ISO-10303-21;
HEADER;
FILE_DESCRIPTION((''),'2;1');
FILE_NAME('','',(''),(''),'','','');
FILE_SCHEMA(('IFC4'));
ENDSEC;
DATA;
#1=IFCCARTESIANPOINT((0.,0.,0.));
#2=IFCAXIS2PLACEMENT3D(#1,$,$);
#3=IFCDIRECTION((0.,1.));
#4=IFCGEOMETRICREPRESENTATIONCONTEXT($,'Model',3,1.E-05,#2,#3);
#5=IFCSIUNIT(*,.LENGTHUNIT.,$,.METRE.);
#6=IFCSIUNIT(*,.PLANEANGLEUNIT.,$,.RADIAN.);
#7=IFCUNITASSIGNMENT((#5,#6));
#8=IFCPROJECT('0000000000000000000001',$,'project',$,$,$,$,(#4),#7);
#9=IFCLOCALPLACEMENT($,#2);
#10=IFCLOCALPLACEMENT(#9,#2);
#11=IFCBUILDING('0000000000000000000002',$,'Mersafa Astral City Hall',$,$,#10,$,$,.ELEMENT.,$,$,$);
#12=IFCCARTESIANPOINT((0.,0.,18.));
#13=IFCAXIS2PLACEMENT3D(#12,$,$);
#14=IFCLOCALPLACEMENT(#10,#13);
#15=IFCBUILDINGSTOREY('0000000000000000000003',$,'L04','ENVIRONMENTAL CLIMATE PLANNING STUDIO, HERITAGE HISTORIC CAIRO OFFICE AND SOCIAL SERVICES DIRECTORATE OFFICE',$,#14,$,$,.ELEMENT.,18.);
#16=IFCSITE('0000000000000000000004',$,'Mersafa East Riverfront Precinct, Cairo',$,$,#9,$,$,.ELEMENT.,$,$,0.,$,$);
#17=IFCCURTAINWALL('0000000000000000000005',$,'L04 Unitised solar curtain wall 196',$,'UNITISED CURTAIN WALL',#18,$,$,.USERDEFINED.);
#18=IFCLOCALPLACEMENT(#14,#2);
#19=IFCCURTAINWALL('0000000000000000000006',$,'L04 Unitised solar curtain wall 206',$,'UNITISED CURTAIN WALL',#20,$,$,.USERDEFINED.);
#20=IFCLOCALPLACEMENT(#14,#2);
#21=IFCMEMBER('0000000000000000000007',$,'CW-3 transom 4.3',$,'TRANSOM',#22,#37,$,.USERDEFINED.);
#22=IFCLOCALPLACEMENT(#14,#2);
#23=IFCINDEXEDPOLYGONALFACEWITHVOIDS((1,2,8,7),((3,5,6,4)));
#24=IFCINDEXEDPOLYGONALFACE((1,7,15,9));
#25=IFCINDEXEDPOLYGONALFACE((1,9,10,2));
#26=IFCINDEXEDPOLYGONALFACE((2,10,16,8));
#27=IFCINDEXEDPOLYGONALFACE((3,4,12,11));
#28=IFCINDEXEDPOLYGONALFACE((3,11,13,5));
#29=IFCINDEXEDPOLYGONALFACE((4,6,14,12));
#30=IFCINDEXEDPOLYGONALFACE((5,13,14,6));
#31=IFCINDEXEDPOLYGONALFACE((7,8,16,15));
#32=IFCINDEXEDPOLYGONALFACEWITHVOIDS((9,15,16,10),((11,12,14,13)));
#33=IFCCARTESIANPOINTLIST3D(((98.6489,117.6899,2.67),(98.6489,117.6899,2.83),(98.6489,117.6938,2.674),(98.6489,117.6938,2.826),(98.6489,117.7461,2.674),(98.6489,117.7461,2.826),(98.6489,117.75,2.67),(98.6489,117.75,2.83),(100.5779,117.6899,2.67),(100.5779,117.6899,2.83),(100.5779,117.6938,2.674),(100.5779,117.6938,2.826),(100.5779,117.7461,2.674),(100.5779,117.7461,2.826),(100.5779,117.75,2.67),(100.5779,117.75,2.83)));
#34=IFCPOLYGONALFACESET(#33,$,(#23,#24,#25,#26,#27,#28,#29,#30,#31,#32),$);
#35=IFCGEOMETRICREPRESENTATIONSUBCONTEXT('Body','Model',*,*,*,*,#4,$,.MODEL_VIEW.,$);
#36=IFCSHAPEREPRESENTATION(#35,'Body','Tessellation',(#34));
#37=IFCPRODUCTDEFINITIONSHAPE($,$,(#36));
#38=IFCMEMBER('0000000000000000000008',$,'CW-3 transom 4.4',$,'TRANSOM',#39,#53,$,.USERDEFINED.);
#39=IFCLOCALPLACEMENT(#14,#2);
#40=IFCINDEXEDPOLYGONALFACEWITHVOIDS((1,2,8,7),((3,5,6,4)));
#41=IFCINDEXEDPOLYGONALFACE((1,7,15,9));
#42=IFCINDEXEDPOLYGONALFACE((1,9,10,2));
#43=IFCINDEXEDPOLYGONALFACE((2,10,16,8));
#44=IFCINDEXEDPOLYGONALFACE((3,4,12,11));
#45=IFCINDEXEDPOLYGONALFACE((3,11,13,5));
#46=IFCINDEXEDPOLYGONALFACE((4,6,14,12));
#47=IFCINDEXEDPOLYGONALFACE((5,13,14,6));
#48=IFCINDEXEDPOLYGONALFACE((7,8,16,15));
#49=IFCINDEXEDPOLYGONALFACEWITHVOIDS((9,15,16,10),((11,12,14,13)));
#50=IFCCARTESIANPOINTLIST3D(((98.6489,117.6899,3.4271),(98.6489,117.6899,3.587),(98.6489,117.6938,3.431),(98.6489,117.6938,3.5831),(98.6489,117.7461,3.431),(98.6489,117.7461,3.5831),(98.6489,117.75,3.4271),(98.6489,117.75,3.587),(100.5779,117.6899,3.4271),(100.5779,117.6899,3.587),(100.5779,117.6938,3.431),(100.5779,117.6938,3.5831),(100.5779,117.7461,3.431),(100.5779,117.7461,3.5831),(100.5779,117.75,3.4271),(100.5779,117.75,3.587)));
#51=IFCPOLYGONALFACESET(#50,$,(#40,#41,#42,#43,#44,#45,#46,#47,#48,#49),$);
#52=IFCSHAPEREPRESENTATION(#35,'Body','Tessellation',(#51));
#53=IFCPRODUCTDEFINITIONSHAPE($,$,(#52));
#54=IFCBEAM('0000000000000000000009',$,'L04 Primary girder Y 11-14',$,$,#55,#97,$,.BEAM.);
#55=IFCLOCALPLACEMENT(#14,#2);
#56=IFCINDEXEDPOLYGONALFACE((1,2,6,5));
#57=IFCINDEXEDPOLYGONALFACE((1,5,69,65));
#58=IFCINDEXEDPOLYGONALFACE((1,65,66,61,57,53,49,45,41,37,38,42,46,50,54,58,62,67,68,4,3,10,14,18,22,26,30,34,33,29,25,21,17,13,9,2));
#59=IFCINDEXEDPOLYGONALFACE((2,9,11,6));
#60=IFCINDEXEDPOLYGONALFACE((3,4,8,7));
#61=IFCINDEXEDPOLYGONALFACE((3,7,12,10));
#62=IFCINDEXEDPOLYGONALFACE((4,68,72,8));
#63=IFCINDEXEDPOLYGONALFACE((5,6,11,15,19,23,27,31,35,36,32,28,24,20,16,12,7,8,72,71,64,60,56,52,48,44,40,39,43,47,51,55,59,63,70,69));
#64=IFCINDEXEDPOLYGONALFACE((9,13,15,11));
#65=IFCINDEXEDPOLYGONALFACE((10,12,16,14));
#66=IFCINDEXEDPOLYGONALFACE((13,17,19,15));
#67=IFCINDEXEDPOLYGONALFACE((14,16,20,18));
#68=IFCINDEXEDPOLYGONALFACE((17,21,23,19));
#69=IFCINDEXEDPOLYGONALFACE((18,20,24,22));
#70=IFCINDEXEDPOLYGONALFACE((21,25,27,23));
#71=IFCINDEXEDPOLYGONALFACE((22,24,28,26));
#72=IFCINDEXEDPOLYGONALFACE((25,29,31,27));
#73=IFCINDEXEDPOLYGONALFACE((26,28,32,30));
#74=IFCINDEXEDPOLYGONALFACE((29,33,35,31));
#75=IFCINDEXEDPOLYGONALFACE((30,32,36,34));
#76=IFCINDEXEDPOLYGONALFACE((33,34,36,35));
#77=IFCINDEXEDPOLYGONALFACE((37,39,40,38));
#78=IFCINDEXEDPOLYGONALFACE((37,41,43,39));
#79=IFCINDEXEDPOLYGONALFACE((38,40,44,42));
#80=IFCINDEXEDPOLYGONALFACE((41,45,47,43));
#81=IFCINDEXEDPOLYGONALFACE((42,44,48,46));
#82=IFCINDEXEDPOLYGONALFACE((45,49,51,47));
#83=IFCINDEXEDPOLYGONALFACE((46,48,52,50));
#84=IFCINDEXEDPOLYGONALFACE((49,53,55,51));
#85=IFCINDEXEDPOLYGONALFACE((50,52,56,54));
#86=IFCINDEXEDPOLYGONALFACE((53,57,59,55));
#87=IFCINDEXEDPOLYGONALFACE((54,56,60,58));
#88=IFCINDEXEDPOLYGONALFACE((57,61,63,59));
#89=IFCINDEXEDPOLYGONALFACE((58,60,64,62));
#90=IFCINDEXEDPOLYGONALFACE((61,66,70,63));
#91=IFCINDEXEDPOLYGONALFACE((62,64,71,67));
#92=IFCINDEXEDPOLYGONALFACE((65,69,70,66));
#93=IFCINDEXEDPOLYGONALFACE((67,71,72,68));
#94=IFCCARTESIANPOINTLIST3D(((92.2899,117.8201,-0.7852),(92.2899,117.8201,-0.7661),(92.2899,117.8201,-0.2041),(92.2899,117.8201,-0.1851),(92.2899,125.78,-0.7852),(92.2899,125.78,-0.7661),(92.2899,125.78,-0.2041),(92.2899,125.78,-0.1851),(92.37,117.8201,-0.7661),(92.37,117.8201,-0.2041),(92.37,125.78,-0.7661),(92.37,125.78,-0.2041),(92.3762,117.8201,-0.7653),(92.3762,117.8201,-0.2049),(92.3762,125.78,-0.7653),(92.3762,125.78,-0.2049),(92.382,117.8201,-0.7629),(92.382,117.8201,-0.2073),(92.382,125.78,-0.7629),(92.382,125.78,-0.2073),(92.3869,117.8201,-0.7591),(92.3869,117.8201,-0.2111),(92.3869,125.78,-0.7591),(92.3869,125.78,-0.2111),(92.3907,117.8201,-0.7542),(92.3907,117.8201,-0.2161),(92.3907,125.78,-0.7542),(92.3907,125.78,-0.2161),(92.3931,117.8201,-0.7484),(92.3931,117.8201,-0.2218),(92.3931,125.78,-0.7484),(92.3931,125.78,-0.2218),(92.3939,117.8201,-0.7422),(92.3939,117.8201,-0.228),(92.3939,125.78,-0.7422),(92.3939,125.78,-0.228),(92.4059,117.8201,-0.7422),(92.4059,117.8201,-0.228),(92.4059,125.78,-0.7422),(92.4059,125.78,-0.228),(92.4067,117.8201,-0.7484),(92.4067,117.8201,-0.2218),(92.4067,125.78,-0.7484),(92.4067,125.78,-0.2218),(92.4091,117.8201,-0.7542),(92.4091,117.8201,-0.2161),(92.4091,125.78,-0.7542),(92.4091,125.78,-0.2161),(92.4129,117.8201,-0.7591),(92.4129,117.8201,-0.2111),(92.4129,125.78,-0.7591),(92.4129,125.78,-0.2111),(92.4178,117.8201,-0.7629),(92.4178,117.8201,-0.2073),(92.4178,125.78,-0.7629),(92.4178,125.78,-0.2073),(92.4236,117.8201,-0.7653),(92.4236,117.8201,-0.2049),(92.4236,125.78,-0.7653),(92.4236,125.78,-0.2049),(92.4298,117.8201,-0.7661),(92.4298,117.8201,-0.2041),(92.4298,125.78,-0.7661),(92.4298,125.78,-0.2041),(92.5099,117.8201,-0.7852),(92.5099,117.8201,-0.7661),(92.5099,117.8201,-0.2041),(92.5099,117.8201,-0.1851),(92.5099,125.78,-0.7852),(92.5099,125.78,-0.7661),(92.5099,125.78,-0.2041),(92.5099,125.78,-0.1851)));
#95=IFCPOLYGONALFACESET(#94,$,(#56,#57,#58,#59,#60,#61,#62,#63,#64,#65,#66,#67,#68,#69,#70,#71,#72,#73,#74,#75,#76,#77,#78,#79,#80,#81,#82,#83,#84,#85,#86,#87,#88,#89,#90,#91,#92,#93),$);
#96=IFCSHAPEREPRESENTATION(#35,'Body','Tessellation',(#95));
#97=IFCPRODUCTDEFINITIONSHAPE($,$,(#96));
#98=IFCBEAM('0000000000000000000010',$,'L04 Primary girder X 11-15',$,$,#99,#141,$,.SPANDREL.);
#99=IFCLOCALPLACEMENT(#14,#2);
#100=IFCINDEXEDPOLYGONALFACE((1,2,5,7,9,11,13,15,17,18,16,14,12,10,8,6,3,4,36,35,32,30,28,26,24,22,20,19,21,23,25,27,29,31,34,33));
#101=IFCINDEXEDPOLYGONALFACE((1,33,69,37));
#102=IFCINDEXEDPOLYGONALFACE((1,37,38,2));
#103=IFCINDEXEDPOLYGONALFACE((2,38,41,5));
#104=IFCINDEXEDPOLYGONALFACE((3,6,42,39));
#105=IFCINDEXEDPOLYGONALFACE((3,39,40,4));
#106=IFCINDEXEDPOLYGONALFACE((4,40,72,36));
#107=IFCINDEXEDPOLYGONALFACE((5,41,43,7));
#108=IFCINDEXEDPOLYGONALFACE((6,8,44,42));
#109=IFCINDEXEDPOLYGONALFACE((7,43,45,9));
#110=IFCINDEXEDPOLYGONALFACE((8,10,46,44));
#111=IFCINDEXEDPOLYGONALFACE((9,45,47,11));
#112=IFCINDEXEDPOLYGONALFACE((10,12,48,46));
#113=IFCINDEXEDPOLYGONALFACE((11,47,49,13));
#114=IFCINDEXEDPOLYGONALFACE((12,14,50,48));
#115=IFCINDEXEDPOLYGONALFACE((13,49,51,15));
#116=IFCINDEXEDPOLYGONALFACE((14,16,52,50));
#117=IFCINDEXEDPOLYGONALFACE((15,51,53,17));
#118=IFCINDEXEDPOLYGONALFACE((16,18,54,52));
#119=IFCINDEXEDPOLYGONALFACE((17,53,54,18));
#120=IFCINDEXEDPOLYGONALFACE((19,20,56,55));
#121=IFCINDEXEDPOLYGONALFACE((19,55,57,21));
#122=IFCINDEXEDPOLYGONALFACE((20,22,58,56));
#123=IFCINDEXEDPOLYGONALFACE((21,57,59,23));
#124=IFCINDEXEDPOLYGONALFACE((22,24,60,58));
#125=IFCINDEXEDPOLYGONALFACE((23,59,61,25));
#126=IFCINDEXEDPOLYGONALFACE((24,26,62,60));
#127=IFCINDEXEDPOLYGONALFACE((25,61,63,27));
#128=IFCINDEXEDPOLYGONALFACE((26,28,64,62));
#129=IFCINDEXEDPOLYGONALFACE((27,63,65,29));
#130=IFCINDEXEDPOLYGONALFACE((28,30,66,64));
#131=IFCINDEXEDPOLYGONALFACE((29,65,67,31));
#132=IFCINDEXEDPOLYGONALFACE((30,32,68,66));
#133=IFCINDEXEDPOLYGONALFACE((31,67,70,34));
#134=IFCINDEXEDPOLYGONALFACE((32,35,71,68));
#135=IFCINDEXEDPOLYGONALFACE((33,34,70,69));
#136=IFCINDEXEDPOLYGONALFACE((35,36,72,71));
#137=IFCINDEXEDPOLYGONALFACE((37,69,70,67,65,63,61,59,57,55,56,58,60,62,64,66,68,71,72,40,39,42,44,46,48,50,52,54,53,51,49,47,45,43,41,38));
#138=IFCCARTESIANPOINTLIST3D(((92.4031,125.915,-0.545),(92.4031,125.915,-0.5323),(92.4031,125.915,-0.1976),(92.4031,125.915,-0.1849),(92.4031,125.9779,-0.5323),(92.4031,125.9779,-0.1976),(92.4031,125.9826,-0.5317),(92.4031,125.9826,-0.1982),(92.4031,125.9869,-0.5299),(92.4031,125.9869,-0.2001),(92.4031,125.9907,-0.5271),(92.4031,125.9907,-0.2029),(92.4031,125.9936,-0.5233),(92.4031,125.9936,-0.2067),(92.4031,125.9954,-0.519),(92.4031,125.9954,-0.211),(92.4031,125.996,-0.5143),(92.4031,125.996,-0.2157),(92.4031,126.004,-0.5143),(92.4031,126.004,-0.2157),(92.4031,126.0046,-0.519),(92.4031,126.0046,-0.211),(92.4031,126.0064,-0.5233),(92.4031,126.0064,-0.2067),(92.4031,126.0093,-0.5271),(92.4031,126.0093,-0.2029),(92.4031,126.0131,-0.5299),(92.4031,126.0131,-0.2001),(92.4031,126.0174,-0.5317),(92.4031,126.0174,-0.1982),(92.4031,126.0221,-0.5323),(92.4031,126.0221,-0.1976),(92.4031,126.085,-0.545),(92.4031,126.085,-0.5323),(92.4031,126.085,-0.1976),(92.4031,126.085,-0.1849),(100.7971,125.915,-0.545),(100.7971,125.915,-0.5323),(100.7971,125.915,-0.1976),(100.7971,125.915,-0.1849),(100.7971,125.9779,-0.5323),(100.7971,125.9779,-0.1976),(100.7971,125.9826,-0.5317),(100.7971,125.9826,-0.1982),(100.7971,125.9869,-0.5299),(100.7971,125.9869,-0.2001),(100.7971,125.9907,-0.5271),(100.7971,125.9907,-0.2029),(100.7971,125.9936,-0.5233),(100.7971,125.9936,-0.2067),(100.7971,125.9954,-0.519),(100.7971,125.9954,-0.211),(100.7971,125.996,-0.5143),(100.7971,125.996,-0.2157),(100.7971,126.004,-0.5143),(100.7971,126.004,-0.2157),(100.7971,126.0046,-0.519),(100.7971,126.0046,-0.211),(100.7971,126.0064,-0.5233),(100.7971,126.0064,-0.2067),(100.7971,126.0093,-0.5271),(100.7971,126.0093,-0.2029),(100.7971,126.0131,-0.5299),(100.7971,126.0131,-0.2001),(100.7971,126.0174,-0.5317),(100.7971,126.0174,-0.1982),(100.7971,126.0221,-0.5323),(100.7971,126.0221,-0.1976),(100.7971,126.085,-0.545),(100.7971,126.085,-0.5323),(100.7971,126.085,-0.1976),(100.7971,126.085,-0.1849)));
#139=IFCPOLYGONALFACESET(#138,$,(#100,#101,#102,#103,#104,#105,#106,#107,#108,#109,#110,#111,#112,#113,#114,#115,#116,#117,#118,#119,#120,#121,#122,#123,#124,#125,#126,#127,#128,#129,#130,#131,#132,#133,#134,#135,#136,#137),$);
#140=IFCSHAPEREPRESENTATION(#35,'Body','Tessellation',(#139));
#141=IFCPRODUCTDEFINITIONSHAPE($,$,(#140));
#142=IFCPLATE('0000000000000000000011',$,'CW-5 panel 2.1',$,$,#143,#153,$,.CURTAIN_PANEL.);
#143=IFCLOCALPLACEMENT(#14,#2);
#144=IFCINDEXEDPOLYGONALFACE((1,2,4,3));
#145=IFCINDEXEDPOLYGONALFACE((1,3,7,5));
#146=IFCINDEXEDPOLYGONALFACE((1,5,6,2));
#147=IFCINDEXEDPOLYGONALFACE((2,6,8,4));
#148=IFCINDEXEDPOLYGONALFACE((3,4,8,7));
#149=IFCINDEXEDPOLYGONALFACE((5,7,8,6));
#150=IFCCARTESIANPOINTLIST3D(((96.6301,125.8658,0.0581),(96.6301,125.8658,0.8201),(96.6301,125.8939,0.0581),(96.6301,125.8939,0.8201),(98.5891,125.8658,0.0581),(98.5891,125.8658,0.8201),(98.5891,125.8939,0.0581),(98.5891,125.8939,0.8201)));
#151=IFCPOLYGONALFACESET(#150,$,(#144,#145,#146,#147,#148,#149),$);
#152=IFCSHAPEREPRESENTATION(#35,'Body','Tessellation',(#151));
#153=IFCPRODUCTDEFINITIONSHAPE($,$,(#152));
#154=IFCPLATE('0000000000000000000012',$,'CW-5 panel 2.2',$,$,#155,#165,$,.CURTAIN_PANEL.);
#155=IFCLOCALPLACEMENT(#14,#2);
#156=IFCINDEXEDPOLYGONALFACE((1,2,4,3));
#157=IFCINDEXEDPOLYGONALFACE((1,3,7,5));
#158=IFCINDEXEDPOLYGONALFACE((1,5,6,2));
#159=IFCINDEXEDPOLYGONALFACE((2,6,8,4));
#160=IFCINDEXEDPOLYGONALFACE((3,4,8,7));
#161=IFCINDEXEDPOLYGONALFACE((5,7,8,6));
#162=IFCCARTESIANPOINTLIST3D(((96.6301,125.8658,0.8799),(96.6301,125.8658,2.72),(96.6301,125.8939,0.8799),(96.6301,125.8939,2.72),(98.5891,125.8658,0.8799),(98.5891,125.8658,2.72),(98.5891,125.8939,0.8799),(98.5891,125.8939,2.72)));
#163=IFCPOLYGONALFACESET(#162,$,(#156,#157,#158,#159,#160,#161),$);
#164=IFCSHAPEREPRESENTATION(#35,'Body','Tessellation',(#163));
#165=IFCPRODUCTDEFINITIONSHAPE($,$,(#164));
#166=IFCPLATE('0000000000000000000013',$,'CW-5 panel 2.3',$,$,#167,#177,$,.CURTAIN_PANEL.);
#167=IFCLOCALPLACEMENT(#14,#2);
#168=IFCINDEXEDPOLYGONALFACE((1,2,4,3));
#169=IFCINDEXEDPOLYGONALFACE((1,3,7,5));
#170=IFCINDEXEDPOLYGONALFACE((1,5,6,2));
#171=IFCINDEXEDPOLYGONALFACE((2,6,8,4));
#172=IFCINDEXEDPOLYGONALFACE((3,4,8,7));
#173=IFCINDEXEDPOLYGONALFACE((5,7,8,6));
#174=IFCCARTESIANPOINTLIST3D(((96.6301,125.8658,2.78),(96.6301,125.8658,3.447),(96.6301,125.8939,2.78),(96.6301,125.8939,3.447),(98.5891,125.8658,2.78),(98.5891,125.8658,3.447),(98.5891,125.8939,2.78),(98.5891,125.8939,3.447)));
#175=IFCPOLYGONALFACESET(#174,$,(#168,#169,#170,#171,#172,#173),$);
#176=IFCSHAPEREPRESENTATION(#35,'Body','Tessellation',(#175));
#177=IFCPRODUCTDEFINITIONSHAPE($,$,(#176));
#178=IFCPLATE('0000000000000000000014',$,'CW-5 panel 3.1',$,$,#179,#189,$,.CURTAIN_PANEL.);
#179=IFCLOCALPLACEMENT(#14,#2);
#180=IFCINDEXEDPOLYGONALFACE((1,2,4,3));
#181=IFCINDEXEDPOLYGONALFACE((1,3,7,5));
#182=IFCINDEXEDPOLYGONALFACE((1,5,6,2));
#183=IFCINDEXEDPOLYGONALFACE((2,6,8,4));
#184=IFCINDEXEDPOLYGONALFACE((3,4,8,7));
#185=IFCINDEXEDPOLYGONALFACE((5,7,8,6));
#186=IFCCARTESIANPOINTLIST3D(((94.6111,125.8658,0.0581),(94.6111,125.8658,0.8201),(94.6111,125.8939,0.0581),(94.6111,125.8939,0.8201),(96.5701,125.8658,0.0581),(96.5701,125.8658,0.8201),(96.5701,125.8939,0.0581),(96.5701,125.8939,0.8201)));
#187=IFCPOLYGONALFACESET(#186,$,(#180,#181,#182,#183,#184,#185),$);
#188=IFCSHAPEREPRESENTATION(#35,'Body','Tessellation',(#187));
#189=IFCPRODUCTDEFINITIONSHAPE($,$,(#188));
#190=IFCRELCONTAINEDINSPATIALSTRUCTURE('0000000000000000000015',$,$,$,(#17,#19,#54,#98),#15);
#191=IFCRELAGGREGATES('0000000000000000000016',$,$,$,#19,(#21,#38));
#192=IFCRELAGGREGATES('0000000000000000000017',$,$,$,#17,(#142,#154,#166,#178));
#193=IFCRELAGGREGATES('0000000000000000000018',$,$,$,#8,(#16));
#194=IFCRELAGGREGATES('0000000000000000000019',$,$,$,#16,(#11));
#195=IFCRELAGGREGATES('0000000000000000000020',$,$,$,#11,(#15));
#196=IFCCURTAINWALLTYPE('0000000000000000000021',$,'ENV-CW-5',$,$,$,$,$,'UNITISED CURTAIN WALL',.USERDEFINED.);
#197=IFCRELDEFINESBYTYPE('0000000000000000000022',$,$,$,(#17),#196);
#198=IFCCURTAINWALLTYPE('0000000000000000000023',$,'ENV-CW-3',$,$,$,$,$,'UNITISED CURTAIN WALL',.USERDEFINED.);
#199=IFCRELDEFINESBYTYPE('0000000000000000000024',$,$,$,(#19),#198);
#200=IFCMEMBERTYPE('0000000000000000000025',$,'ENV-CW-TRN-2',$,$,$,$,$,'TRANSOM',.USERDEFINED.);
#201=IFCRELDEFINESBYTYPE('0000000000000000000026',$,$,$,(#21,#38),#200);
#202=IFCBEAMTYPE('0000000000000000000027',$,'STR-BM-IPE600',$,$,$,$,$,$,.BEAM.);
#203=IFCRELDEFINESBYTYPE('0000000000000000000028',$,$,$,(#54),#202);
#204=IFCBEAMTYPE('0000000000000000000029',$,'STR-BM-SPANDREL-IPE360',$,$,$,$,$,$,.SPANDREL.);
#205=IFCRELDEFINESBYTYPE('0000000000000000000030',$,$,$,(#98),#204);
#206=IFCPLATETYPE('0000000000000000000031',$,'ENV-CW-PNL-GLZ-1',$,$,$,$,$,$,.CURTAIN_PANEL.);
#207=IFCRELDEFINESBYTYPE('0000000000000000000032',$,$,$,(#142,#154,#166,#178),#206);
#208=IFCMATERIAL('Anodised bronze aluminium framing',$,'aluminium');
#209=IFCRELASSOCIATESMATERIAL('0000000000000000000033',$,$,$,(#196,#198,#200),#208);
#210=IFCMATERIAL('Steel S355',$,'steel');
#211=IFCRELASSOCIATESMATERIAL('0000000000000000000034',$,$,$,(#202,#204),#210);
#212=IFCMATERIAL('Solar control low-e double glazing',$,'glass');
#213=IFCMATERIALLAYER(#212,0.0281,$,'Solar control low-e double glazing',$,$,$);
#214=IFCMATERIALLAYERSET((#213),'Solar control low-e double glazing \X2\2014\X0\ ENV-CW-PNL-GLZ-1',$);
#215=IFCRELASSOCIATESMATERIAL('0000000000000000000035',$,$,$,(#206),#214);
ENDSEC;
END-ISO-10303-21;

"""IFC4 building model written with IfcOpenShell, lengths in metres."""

from ifc_helpers import new_model, si_unit, direction, frame, origin, origin_2d, place, context, subcontext, project, spatial, rectangle, hollow_rectangle, i_section, extrude, material, layer, layer_set, material_profile, profile_set, type_object, element, aggregate, save


model = new_model("IFC4")

# Units and contexts
model_context = context("Model", 3, precision=1e-05, world=origin(), true_north=direction((0.0, 1.0)))
body_context = subcontext(model_context, "Body", "Model", "MODEL_VIEW")
ifc_project = project(units=[si_unit("LENGTHUNIT", "METRE"), si_unit("PLANEANGLEUNIT", "RADIAN")], contexts=[model_context])

# Site, building, storey
site_placement = place(None, origin())
site = spatial("IfcSite", under=ifc_project, at=site_placement, Name="Mersafa East Riverfront Precinct, Cairo", CompositionType="ELEMENT", RefElevation=0.0)
building_placement = place(site_placement, origin())
building = spatial("IfcBuilding", under=site, at=building_placement, Name="Mersafa Astral City Hall", CompositionType="ELEMENT")
storey_placement = place(building_placement, frame((0.0, 0.0, 18.0)))
storey = spatial("IfcBuildingStorey", under=building, at=storey_placement, Name="L04", Description="ENVIRONMENTAL CLIMATE PLANNING STUDIO, HERITAGE HISTORIC CAIRO OFFICE AND SOCIAL SERVICES DIRECTORATE OFFICE", CompositionType="ELEMENT", Elevation=18.0)

# Shared definitions
ifc_material_1 = material(Name="Steel S355", Category="steel")

# Curtain wall
ifc_material_2 = material(Name="Anodised bronze aluminium framing", Category="aluminium")
curtain_wall_type_1 = type_object("IfcCurtainWallType", Name="ENV-CW-5", ElementType="UNITISED CURTAIN WALL", PredefinedType="USERDEFINED", material=ifc_material_2)
curtain_wall_1_placement = place(storey_placement, origin())
curtain_wall_1 = element("IfcCurtainWall", 1, at=curtain_wall_1_placement, inside=storey, type_object=curtain_wall_type_1, Name="L04 Unitised solar curtain wall 196", ObjectType="UNITISED CURTAIN WALL", PredefinedType="USERDEFINED")

# Curtain wall
curtain_wall_type_2 = type_object("IfcCurtainWallType", Name="ENV-CW-3", ElementType="UNITISED CURTAIN WALL", PredefinedType="USERDEFINED", material=ifc_material_2)
curtain_wall_2_placement = place(storey_placement, origin())
curtain_wall_2 = element("IfcCurtainWall", 2, at=curtain_wall_2_placement, inside=storey, type_object=curtain_wall_type_2, Name="L04 Unitised solar curtain wall 206", ObjectType="UNITISED CURTAIN WALL", PredefinedType="USERDEFINED")

# Members
ifc_material_profile_1 = material_profile(ifc_material_2, hollow_rectangle(XDim=0.0601, YDim=0.1599, WallThickness=0.0039, at=origin_2d()), Name="RHS 60x160x4")
ifc_profile_set_1 = profile_set([ifc_material_profile_1], Name="Anodised bronze aluminium framing")
member_type_1 = type_object("IfcMemberType", Name="ENV-CW-TRN-2", ElementType="TRANSOM", PredefinedType="USERDEFINED", material=ifc_profile_set_1)
member_1_placement = place(storey_placement, frame((98.6489, 117.72, 2.75), z_axis=(1.0, 0.0, 0.0), x_axis=(0.0, 1.0, 0.0)))
member_1 = element("IfcMember", 3, at=member_1_placement, type_object=member_type_1, Name="CW-3 transom 4.3", ObjectType="TRANSOM", PredefinedType="USERDEFINED", context=body_context, shape_type="SweptSolid", body=[
    extrude(hollow_rectangle(XDim=0.0601, YDim=0.1599, WallThickness=0.0039, at=origin_2d()), origin(), (0.0, 0.0, 1.0), 1.929),
])
member_2_placement = place(storey_placement, frame((98.6489, 117.72, 3.5071), z_axis=(1.0, 0.0, 0.0), x_axis=(0.0, 1.0, 0.0)))
member_2 = element("IfcMember", 4, at=member_2_placement, type_object=member_type_1, Name="CW-3 transom 4.4", ObjectType="TRANSOM", PredefinedType="USERDEFINED", context=body_context, shape_type="SweptSolid", body=[
    extrude(hollow_rectangle(XDim=0.0601, YDim=0.1599, WallThickness=0.0039, at=origin_2d()), origin(), (0.0, 0.0, 1.0), 1.929),
])
aggregate(curtain_wall_2, [member_1, member_2])

# Beams
ifc_material_profile_2 = material_profile(ifc_material_1, i_section(OverallWidth=0.22, OverallDepth=0.6001, WebThickness=0.012, FlangeThickness=0.019, FilletRadius=0.0239, at=origin_2d()), Name="IPE 600")
ifc_profile_set_2 = profile_set([ifc_material_profile_2], Name="Steel S355")
beam_type_1 = type_object("IfcBeamType", Name="STR-BM-IPE600", PredefinedType="BEAM", material=ifc_profile_set_2)
beam_1_placement = place(storey_placement, frame((92.3999, 117.8201, -0.4851), z_axis=(0.0, 1.0, 0.0), x_axis=(-1.0, 0.0, 0.0)))
element("IfcBeam", 5, at=beam_1_placement, inside=storey, type_object=beam_type_1, Name="L04 Primary girder Y 11-14", PredefinedType="BEAM", context=body_context, shape_type="SweptSolid", body=[
    extrude(i_section(OverallWidth=0.22, OverallDepth=0.6001, WebThickness=0.012, FlangeThickness=0.019, FilletRadius=0.0239, at=origin_2d()), origin(), (0.0, 0.0, 1.0), 7.96),
])
ifc_material_profile_3 = material_profile(ifc_material_1, i_section(OverallWidth=0.1699, OverallDepth=0.3601, WebThickness=0.0081, FlangeThickness=0.0127, FilletRadius=0.0181, at=origin_2d()), Name="IPE 360")
ifc_profile_set_3 = profile_set([ifc_material_profile_3], Name="Steel S355")
beam_type_2 = type_object("IfcBeamType", Name="STR-BM-SPANDREL-IPE360", PredefinedType="SPANDREL", material=ifc_profile_set_3)
beam_2_placement = place(storey_placement, frame((92.4031, 126.0, -0.365), z_axis=(1.0, 0.0, 0.0), x_axis=(0.0, 1.0, 0.0)))
element("IfcBeam", 6, at=beam_2_placement, inside=storey, type_object=beam_type_2, Name="L04 Primary girder X 11-15", PredefinedType="SPANDREL", context=body_context, shape_type="SweptSolid", body=[
    extrude(i_section(OverallWidth=0.1699, OverallDepth=0.3601, WebThickness=0.0081, FlangeThickness=0.0127, FilletRadius=0.0181, at=origin_2d()), origin(), (0.0, 0.0, 1.0), 8.394),
])

# Plates
ifc_material_3 = material(Name="Solar control low-e double glazing", Category="glass")
ifc_layer_1 = layer(ifc_material_3, 0.0281, Name="Solar control low-e double glazing")
ifc_layer_set_1 = layer_set([ifc_layer_1], Name="Solar control low-e double glazing — ENV-CW-PNL-GLZ-1")
plate_type = type_object("IfcPlateType", Name="ENV-CW-PNL-GLZ-1", PredefinedType="CURTAIN_PANEL", material=ifc_layer_set_1)
plate_1_placement = place(storey_placement, frame((97.6096, 125.8799, 0.0581), z_axis=(0.0, 0.0, 1.0), x_axis=(-1.0, 0.0, 0.0)))
plate_1 = element("IfcPlate", 7, at=plate_1_placement, type_object=plate_type, Name="CW-5 panel 2.1", PredefinedType="CURTAIN_PANEL", context=body_context, shape_type="SweptSolid", body=[
    extrude(rectangle(XDim=1.959, YDim=0.0281, at=origin_2d()), origin(), (0.0, 0.0, 1.0), 0.762),
])
plate_2_placement = place(storey_placement, frame((97.6096, 125.8799, 0.8799), z_axis=(0.0, 0.0, 1.0), x_axis=(-1.0, 0.0, 0.0)))
plate_2 = element("IfcPlate", 8, at=plate_2_placement, type_object=plate_type, Name="CW-5 panel 2.2", PredefinedType="CURTAIN_PANEL", context=body_context, shape_type="SweptSolid", body=[
    extrude(rectangle(XDim=1.959, YDim=0.0281, at=origin_2d()), origin(), (0.0, 0.0, 1.0), 1.8401),
])
plate_3_placement = place(storey_placement, frame((97.6096, 125.8799, 2.78), z_axis=(0.0, 0.0, 1.0), x_axis=(-1.0, 0.0, 0.0)))
plate_3 = element("IfcPlate", 9, at=plate_3_placement, type_object=plate_type, Name="CW-5 panel 2.3", PredefinedType="CURTAIN_PANEL", context=body_context, shape_type="SweptSolid", body=[
    extrude(rectangle(XDim=1.959, YDim=0.0281, at=origin_2d()), origin(), (0.0, 0.0, 1.0), 0.667),
])
plate_4_placement = place(storey_placement, frame((95.5906, 125.8799, 0.0581), z_axis=(0.0, 0.0, 1.0), x_axis=(-1.0, 0.0, 0.0)))
plate_4 = element("IfcPlate", 10, at=plate_4_placement, type_object=plate_type, Name="CW-5 panel 3.1", PredefinedType="CURTAIN_PANEL", context=body_context, shape_type="SweptSolid", body=[
    extrude(rectangle(XDim=1.959, YDim=0.0281, at=origin_2d()), origin(), (0.0, 0.0, 1.0), 0.762),
])
aggregate(curtain_wall_1, [plate_1, plate_2, plate_3, plate_4])

save(model, "model.ifc")
